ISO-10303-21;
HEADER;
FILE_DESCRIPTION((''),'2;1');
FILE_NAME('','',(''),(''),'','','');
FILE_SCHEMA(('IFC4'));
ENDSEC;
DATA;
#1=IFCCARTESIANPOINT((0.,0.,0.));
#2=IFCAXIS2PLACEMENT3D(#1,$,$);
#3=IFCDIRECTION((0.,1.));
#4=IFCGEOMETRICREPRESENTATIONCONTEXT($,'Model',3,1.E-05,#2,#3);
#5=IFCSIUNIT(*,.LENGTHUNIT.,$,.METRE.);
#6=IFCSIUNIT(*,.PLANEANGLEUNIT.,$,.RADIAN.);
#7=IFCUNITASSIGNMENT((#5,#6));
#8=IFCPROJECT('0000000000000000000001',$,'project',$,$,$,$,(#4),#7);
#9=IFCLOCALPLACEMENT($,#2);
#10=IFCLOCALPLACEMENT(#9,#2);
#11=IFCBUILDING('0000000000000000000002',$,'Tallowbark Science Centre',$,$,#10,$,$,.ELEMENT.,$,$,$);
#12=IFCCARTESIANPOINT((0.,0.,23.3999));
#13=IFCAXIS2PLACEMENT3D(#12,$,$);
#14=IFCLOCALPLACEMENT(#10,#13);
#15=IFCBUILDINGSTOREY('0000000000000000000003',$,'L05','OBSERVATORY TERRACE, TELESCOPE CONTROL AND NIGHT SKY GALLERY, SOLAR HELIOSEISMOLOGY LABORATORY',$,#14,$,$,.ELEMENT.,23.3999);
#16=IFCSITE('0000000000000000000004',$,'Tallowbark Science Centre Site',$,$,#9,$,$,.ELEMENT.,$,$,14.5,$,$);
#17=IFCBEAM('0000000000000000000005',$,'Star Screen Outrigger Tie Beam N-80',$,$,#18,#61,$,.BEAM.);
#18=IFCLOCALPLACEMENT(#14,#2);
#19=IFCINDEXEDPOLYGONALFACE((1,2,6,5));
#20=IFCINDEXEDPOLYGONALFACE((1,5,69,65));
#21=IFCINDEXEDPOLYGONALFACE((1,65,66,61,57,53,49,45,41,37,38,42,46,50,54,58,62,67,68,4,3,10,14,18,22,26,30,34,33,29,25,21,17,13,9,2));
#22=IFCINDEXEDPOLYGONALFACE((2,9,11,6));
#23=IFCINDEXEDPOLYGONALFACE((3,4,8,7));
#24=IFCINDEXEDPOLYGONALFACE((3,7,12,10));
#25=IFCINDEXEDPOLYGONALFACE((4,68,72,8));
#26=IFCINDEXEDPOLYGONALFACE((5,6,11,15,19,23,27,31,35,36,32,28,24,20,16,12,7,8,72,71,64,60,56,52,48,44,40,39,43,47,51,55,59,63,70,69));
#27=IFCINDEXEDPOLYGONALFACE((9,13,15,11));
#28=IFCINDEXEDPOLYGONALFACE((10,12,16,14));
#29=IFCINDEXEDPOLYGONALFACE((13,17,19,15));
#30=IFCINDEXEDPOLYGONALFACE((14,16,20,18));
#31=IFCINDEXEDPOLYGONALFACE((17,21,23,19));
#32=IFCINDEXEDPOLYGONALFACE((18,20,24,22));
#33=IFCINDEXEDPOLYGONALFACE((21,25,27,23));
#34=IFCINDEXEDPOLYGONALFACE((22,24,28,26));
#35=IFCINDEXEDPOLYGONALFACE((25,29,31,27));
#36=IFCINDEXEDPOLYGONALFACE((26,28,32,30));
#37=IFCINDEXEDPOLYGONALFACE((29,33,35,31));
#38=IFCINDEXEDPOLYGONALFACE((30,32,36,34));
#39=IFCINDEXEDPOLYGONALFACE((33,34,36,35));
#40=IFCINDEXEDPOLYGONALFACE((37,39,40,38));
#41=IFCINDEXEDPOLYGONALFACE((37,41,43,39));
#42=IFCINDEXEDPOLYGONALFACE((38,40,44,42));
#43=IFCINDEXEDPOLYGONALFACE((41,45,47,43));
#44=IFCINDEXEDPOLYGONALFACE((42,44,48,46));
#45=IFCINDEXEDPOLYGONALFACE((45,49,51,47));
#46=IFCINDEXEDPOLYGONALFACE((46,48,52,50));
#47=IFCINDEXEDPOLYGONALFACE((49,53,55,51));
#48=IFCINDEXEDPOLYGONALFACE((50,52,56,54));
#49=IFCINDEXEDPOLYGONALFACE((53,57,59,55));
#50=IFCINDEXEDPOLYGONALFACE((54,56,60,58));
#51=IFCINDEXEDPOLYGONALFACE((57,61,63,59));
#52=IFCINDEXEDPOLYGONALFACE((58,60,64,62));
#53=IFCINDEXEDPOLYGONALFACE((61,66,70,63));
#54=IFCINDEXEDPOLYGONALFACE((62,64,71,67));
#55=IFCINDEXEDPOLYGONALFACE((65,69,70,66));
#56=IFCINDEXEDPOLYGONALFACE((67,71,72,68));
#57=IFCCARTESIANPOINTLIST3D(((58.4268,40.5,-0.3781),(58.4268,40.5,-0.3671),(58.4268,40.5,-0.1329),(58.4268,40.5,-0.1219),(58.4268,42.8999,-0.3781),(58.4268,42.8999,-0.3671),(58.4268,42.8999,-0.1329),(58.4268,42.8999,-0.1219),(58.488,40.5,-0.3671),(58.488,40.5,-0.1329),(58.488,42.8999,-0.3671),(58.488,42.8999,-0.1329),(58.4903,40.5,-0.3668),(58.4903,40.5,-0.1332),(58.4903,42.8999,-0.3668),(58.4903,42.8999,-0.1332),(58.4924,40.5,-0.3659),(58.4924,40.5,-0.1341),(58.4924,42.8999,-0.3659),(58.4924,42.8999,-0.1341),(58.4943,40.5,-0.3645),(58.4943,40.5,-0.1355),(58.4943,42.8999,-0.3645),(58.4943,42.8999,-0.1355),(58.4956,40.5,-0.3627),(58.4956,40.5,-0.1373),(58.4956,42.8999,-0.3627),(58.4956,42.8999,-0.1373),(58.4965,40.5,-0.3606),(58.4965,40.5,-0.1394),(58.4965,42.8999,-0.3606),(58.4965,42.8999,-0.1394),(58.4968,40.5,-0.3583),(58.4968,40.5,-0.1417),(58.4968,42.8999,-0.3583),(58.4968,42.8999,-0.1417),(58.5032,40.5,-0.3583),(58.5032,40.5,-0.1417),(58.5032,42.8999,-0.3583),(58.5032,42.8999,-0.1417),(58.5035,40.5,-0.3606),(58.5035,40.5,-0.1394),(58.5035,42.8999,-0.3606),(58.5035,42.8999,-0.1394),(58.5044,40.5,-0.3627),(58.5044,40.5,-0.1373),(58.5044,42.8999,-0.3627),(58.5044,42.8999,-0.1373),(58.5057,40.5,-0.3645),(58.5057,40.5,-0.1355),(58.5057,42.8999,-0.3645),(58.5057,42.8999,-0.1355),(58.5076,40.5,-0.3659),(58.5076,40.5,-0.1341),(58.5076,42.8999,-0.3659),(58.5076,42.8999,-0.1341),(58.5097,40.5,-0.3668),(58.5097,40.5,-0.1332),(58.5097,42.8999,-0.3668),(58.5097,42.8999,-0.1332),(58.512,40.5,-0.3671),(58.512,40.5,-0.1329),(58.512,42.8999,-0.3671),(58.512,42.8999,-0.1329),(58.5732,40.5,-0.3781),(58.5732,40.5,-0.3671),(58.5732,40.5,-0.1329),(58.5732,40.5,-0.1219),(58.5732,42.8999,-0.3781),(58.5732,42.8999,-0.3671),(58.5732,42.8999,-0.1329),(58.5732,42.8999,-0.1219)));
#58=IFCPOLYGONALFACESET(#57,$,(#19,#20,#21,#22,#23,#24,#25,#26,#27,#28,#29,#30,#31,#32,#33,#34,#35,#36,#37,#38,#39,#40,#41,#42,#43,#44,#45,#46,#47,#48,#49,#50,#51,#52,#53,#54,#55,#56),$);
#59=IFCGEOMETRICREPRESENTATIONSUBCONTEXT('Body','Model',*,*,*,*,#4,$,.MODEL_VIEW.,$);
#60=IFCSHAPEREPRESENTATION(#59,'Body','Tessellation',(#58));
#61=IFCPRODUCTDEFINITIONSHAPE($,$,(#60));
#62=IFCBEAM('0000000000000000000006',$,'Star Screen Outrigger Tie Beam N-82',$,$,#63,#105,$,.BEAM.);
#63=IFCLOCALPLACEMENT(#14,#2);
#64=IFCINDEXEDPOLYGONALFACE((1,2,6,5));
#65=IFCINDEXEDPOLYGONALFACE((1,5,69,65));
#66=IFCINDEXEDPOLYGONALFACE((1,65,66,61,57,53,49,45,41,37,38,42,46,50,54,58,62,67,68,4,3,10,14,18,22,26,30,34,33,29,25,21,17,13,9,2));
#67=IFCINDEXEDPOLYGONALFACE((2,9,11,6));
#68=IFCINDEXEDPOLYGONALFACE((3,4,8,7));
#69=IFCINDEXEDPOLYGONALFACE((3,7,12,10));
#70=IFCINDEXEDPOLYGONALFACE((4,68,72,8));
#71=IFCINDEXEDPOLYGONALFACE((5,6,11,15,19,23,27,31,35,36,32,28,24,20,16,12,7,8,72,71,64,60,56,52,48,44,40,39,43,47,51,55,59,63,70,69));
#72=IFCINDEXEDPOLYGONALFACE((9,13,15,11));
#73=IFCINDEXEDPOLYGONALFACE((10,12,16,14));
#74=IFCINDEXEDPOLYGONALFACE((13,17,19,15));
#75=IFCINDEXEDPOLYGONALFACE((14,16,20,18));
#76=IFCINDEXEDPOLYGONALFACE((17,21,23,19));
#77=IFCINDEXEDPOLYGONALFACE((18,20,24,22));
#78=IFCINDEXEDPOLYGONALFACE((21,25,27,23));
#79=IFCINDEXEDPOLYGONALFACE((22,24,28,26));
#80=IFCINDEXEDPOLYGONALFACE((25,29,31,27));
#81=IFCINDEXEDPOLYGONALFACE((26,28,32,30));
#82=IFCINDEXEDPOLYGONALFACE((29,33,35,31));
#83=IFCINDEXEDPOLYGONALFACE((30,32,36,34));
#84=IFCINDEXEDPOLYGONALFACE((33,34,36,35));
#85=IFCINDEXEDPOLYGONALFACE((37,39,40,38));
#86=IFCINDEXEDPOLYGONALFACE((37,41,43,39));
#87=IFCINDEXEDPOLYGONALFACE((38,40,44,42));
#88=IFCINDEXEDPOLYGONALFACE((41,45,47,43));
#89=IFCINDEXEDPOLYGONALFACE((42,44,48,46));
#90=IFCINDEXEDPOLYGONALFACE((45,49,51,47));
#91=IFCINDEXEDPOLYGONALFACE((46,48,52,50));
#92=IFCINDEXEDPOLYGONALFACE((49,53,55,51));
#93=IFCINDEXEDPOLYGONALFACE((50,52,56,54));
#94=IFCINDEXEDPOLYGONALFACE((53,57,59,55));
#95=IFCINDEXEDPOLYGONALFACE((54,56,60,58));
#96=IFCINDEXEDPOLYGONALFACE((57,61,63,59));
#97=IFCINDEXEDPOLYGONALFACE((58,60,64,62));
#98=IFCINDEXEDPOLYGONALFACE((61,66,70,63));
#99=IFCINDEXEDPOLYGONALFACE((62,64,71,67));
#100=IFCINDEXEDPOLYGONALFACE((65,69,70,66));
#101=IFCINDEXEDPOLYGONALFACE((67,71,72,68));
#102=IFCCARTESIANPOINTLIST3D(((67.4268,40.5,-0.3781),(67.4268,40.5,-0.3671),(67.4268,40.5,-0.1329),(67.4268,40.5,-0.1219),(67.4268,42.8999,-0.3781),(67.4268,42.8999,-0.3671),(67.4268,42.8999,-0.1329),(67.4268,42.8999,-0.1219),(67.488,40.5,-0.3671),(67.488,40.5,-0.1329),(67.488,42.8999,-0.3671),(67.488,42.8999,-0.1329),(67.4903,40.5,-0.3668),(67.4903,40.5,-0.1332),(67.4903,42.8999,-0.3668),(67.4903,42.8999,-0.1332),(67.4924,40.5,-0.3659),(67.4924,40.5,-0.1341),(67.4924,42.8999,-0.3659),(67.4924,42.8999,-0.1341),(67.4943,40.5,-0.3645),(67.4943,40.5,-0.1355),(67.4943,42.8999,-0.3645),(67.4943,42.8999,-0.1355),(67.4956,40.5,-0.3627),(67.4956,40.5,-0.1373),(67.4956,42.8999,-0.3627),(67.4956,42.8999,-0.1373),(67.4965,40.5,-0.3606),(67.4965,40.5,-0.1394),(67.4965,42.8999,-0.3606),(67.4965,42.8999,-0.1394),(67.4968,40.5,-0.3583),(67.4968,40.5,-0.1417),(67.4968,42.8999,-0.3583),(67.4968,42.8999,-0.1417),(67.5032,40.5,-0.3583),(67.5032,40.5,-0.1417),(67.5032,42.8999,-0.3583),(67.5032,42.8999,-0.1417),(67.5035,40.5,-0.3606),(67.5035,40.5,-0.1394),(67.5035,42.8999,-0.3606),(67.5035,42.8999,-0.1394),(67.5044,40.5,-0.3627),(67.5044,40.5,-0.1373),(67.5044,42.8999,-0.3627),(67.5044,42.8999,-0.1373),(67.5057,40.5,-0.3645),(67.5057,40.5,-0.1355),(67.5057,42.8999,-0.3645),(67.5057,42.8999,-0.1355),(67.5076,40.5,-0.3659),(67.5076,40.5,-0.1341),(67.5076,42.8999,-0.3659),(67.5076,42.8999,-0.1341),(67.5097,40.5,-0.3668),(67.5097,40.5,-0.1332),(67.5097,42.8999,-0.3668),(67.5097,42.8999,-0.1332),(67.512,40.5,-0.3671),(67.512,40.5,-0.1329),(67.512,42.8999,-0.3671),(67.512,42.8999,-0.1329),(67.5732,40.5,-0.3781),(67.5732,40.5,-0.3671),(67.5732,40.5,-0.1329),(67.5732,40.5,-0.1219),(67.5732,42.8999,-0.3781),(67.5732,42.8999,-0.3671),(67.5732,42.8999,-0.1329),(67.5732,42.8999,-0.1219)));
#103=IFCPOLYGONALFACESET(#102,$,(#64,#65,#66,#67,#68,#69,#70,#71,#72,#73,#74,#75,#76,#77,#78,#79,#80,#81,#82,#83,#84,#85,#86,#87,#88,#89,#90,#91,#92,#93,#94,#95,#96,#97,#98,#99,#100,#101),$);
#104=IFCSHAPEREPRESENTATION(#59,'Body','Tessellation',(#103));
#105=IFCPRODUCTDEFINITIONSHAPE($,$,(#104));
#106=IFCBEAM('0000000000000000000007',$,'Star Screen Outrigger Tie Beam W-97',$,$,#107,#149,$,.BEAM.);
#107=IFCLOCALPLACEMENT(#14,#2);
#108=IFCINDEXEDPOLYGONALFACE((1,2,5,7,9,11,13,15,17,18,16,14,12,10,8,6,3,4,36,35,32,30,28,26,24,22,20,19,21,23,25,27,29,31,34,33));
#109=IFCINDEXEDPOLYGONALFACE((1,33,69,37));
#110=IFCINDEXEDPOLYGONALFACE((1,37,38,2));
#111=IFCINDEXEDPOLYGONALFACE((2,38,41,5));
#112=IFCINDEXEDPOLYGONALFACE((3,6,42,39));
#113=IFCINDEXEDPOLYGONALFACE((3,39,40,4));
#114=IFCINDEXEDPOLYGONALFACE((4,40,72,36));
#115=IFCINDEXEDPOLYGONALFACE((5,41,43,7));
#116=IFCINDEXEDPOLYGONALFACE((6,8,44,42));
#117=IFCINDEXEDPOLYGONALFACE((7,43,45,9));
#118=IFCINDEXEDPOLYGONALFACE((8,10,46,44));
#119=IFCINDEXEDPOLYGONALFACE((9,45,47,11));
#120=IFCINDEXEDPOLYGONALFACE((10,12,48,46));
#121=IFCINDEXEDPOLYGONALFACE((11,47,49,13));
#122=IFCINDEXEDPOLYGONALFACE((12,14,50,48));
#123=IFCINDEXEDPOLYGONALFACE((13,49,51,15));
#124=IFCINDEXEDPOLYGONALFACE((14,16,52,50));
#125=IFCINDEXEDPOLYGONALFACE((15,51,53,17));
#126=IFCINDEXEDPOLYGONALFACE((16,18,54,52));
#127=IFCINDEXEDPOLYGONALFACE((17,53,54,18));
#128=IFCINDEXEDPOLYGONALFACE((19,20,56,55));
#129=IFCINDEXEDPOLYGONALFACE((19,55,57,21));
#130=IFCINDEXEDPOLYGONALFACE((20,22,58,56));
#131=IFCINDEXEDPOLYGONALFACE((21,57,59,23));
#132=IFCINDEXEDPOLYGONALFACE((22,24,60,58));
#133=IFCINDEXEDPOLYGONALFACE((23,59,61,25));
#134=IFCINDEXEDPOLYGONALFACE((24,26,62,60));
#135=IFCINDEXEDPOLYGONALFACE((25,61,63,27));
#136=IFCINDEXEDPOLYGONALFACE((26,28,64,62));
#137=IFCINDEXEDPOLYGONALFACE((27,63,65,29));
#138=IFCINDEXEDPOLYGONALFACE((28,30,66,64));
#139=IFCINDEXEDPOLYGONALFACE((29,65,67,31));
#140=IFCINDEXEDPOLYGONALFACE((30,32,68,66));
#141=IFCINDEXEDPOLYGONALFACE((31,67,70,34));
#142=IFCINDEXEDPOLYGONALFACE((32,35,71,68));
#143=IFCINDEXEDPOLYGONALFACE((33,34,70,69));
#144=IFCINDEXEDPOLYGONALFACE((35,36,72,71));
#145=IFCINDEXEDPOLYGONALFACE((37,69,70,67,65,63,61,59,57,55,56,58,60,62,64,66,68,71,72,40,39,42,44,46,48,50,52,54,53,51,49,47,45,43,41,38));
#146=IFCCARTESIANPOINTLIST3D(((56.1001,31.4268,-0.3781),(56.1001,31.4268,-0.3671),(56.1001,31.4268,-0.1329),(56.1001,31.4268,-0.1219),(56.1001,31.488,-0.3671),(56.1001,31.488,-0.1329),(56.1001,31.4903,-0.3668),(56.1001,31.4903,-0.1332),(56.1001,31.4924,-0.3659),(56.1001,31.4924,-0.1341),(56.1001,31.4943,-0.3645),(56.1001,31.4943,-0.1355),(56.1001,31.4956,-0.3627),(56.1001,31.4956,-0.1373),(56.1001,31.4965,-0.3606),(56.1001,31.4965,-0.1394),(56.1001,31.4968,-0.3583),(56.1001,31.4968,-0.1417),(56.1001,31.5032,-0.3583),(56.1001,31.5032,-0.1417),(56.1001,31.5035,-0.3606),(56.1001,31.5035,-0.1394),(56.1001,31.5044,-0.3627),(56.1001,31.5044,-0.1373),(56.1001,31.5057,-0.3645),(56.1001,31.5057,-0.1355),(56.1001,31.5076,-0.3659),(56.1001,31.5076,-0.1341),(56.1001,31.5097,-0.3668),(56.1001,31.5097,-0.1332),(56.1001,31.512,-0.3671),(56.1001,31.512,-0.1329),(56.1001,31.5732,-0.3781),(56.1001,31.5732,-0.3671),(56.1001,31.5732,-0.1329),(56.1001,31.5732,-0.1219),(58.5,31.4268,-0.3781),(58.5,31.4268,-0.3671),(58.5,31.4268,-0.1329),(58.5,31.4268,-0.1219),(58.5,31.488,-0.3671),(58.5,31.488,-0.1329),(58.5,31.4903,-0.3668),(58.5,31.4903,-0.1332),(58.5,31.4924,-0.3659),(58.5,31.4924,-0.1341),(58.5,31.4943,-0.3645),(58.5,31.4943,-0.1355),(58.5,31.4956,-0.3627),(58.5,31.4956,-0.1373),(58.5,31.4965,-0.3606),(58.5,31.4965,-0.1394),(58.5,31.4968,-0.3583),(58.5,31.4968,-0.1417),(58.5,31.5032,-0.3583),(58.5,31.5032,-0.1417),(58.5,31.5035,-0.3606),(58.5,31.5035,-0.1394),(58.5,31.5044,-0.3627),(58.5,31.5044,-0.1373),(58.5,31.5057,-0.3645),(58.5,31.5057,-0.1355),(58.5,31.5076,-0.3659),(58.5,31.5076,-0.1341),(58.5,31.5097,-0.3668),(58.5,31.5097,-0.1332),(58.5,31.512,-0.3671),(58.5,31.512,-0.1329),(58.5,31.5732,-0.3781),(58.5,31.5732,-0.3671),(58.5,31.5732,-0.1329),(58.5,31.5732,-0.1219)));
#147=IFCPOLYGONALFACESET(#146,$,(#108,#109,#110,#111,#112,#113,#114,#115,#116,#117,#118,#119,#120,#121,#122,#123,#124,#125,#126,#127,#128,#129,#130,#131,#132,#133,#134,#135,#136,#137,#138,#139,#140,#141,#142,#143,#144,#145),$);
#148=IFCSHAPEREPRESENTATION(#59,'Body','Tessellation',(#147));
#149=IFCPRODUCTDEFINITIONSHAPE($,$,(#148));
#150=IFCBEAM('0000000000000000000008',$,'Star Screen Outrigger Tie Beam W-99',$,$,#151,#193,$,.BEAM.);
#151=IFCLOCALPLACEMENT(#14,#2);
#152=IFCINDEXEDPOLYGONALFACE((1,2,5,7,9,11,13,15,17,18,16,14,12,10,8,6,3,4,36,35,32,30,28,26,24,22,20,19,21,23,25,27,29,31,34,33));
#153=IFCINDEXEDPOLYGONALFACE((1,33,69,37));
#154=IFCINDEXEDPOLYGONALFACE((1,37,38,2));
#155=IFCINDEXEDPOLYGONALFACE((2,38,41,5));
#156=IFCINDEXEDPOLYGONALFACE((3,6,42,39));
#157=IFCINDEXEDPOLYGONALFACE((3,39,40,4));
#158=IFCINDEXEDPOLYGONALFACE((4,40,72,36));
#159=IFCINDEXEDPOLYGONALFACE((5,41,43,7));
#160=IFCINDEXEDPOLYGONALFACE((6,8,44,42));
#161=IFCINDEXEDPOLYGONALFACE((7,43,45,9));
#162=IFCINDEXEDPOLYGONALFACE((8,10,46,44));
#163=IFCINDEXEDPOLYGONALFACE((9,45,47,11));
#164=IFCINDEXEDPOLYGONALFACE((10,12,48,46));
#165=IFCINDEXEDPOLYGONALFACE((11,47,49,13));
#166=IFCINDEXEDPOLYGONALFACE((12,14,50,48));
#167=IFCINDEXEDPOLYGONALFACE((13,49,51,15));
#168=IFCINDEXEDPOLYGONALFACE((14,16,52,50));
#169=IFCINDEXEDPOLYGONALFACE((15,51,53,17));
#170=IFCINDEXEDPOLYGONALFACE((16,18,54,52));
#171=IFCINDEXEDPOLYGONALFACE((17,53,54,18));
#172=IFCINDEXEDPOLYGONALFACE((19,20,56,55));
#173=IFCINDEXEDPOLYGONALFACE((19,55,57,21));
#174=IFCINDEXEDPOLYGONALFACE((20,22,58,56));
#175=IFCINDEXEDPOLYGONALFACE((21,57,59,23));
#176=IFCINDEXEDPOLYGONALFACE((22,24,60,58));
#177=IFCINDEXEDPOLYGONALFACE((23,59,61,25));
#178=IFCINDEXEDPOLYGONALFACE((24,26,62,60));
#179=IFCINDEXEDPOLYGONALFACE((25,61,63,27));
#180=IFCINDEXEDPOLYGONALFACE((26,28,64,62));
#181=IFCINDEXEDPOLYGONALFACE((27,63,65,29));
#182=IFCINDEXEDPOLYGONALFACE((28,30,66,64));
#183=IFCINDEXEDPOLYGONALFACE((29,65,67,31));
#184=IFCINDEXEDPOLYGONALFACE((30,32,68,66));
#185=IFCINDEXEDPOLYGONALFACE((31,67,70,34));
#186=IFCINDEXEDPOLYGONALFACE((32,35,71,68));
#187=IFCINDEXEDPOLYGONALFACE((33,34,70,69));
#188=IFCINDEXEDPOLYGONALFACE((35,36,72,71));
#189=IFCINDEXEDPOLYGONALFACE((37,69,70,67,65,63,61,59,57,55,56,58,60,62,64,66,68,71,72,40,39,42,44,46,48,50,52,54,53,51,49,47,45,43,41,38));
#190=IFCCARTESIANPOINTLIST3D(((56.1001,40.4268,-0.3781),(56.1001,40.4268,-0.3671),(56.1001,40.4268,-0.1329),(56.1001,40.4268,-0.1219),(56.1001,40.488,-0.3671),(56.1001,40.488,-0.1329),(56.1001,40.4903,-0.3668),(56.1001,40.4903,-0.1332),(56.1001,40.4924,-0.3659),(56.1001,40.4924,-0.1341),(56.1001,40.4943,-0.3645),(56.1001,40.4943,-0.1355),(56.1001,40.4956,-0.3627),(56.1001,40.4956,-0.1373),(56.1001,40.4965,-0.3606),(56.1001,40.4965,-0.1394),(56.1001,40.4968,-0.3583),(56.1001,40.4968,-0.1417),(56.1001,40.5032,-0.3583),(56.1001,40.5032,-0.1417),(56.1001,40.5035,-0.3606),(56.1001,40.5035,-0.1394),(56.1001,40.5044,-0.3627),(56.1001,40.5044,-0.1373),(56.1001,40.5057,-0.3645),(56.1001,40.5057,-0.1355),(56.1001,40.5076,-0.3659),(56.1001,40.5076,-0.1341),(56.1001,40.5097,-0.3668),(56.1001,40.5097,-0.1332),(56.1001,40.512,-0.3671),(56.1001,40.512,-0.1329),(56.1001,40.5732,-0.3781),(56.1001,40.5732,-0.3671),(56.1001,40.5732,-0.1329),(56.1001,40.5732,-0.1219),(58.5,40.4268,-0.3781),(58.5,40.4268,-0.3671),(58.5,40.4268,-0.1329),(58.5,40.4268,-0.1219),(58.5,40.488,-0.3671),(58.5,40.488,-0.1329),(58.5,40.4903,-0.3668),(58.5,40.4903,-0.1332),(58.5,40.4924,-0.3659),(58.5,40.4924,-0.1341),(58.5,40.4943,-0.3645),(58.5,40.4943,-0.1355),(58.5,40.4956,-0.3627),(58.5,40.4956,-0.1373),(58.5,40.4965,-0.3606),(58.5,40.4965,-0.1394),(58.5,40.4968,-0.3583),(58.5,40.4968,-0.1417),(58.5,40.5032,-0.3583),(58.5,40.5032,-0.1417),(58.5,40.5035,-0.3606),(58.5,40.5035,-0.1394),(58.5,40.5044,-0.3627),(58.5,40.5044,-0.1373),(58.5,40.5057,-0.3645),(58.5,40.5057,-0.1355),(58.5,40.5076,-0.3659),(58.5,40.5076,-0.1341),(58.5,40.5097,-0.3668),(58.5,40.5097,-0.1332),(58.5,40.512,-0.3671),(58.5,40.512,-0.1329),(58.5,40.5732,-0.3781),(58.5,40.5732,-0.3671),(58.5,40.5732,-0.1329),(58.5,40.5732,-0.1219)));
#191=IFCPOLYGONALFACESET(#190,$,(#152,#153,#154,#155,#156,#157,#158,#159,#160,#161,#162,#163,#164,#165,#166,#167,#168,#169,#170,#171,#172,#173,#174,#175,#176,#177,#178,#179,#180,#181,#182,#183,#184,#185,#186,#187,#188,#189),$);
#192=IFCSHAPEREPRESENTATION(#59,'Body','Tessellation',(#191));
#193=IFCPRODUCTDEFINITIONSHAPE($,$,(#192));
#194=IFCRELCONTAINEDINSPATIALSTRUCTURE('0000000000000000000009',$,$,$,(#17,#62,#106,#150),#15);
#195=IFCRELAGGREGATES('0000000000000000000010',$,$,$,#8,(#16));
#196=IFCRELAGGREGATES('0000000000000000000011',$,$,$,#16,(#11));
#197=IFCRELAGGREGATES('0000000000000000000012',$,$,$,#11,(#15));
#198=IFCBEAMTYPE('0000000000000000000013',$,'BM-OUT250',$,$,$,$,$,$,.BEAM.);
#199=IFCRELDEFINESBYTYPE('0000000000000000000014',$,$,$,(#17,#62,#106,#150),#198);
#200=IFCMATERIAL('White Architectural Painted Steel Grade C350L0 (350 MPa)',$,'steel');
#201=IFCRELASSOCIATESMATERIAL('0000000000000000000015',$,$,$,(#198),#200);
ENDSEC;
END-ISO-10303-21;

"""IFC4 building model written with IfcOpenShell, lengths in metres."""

from ifc_helpers import new_model, si_unit, direction, frame, origin, origin_2d, place, context, subcontext, project, spatial, i_section, extrude, material, material_profile, profile_set, type_object, element, save


model = new_model("IFC4")

# Units and contexts
model_context = context("Model", 3, precision=1e-05, world=origin(), true_north=direction((0.0, 1.0)))
body_context = subcontext(model_context, "Body", "Model", "MODEL_VIEW")
ifc_project = project(units=[si_unit("LENGTHUNIT", "METRE"), si_unit("PLANEANGLEUNIT", "RADIAN")], contexts=[model_context])

# Site, building, storey
site_placement = place(None, origin())
site = spatial("IfcSite", under=ifc_project, at=site_placement, Name="Tallowbark Science Centre Site", CompositionType="ELEMENT", RefElevation=14.5)
building_placement = place(site_placement, origin())
building = spatial("IfcBuilding", under=site, at=building_placement, Name="Tallowbark Science Centre", CompositionType="ELEMENT")
storey_placement = place(building_placement, frame((0.0, 0.0, 23.3999)))
storey = spatial("IfcBuildingStorey", under=building, at=storey_placement, Name="L05", Description="OBSERVATORY TERRACE, TELESCOPE CONTROL AND NIGHT SKY GALLERY, SOLAR HELIOSEISMOLOGY LABORATORY", CompositionType="ELEMENT", Elevation=23.3999)

# Shared definitions
ifc_material_1 = material(Name="White Architectural Painted Steel Grade C350L0 (350 MPa)", Category="steel")

# Beams
ifc_material_profile_1 = material_profile(ifc_material_1, i_section(OverallWidth=0.1465, OverallDepth=0.2561, WebThickness=0.0063, FlangeThickness=0.011, FilletRadius=0.0088, at=origin_2d()), Name="250UB37.3")
ifc_profile_set_1 = profile_set([ifc_material_profile_1], Name="White Architectural Painted Steel Grade C350L0 (350 MPa)")
beam_type_1 = type_object("IfcBeamType", Name="BM-OUT250", PredefinedType="BEAM", material=ifc_profile_set_1)
for number, where, z_axis, x_axis, name in (
    (1, (58.5, 40.5, -0.25), (0.0, 1.0, 0.0), (-1.0, 0.0, 0.0), "Star Screen Outrigger Tie Beam N-80"),
    (2, (67.5, 40.5, -0.25), (0.0, 1.0, 0.0), (-1.0, 0.0, 0.0), "Star Screen Outrigger Tie Beam N-82"),
    (3, (58.5, 31.5, -0.25), (-1.0, 0.0, 0.0), (0.0, -1.0, 0.0), "Star Screen Outrigger Tie Beam W-97"),
    (4, (58.5, 40.5, -0.25), (-1.0, 0.0, 0.0), (0.0, -1.0, 0.0), "Star Screen Outrigger Tie Beam W-99"),
):
    element("IfcBeam", number, at=place(storey_placement, frame(where, z_axis=z_axis, x_axis=x_axis)), inside=storey, type_object=beam_type_1, Name=name, PredefinedType="BEAM", context=body_context, shape_type="SweptSolid", body=[
        extrude(i_section(OverallWidth=0.1465, OverallDepth=0.2561, WebThickness=0.0063, FlangeThickness=0.011, FilletRadius=0.0088, at=origin_2d()), origin(), (0.0, 0.0, 1.0), 2.3999),
    ])

save(model, "model.ifc")
